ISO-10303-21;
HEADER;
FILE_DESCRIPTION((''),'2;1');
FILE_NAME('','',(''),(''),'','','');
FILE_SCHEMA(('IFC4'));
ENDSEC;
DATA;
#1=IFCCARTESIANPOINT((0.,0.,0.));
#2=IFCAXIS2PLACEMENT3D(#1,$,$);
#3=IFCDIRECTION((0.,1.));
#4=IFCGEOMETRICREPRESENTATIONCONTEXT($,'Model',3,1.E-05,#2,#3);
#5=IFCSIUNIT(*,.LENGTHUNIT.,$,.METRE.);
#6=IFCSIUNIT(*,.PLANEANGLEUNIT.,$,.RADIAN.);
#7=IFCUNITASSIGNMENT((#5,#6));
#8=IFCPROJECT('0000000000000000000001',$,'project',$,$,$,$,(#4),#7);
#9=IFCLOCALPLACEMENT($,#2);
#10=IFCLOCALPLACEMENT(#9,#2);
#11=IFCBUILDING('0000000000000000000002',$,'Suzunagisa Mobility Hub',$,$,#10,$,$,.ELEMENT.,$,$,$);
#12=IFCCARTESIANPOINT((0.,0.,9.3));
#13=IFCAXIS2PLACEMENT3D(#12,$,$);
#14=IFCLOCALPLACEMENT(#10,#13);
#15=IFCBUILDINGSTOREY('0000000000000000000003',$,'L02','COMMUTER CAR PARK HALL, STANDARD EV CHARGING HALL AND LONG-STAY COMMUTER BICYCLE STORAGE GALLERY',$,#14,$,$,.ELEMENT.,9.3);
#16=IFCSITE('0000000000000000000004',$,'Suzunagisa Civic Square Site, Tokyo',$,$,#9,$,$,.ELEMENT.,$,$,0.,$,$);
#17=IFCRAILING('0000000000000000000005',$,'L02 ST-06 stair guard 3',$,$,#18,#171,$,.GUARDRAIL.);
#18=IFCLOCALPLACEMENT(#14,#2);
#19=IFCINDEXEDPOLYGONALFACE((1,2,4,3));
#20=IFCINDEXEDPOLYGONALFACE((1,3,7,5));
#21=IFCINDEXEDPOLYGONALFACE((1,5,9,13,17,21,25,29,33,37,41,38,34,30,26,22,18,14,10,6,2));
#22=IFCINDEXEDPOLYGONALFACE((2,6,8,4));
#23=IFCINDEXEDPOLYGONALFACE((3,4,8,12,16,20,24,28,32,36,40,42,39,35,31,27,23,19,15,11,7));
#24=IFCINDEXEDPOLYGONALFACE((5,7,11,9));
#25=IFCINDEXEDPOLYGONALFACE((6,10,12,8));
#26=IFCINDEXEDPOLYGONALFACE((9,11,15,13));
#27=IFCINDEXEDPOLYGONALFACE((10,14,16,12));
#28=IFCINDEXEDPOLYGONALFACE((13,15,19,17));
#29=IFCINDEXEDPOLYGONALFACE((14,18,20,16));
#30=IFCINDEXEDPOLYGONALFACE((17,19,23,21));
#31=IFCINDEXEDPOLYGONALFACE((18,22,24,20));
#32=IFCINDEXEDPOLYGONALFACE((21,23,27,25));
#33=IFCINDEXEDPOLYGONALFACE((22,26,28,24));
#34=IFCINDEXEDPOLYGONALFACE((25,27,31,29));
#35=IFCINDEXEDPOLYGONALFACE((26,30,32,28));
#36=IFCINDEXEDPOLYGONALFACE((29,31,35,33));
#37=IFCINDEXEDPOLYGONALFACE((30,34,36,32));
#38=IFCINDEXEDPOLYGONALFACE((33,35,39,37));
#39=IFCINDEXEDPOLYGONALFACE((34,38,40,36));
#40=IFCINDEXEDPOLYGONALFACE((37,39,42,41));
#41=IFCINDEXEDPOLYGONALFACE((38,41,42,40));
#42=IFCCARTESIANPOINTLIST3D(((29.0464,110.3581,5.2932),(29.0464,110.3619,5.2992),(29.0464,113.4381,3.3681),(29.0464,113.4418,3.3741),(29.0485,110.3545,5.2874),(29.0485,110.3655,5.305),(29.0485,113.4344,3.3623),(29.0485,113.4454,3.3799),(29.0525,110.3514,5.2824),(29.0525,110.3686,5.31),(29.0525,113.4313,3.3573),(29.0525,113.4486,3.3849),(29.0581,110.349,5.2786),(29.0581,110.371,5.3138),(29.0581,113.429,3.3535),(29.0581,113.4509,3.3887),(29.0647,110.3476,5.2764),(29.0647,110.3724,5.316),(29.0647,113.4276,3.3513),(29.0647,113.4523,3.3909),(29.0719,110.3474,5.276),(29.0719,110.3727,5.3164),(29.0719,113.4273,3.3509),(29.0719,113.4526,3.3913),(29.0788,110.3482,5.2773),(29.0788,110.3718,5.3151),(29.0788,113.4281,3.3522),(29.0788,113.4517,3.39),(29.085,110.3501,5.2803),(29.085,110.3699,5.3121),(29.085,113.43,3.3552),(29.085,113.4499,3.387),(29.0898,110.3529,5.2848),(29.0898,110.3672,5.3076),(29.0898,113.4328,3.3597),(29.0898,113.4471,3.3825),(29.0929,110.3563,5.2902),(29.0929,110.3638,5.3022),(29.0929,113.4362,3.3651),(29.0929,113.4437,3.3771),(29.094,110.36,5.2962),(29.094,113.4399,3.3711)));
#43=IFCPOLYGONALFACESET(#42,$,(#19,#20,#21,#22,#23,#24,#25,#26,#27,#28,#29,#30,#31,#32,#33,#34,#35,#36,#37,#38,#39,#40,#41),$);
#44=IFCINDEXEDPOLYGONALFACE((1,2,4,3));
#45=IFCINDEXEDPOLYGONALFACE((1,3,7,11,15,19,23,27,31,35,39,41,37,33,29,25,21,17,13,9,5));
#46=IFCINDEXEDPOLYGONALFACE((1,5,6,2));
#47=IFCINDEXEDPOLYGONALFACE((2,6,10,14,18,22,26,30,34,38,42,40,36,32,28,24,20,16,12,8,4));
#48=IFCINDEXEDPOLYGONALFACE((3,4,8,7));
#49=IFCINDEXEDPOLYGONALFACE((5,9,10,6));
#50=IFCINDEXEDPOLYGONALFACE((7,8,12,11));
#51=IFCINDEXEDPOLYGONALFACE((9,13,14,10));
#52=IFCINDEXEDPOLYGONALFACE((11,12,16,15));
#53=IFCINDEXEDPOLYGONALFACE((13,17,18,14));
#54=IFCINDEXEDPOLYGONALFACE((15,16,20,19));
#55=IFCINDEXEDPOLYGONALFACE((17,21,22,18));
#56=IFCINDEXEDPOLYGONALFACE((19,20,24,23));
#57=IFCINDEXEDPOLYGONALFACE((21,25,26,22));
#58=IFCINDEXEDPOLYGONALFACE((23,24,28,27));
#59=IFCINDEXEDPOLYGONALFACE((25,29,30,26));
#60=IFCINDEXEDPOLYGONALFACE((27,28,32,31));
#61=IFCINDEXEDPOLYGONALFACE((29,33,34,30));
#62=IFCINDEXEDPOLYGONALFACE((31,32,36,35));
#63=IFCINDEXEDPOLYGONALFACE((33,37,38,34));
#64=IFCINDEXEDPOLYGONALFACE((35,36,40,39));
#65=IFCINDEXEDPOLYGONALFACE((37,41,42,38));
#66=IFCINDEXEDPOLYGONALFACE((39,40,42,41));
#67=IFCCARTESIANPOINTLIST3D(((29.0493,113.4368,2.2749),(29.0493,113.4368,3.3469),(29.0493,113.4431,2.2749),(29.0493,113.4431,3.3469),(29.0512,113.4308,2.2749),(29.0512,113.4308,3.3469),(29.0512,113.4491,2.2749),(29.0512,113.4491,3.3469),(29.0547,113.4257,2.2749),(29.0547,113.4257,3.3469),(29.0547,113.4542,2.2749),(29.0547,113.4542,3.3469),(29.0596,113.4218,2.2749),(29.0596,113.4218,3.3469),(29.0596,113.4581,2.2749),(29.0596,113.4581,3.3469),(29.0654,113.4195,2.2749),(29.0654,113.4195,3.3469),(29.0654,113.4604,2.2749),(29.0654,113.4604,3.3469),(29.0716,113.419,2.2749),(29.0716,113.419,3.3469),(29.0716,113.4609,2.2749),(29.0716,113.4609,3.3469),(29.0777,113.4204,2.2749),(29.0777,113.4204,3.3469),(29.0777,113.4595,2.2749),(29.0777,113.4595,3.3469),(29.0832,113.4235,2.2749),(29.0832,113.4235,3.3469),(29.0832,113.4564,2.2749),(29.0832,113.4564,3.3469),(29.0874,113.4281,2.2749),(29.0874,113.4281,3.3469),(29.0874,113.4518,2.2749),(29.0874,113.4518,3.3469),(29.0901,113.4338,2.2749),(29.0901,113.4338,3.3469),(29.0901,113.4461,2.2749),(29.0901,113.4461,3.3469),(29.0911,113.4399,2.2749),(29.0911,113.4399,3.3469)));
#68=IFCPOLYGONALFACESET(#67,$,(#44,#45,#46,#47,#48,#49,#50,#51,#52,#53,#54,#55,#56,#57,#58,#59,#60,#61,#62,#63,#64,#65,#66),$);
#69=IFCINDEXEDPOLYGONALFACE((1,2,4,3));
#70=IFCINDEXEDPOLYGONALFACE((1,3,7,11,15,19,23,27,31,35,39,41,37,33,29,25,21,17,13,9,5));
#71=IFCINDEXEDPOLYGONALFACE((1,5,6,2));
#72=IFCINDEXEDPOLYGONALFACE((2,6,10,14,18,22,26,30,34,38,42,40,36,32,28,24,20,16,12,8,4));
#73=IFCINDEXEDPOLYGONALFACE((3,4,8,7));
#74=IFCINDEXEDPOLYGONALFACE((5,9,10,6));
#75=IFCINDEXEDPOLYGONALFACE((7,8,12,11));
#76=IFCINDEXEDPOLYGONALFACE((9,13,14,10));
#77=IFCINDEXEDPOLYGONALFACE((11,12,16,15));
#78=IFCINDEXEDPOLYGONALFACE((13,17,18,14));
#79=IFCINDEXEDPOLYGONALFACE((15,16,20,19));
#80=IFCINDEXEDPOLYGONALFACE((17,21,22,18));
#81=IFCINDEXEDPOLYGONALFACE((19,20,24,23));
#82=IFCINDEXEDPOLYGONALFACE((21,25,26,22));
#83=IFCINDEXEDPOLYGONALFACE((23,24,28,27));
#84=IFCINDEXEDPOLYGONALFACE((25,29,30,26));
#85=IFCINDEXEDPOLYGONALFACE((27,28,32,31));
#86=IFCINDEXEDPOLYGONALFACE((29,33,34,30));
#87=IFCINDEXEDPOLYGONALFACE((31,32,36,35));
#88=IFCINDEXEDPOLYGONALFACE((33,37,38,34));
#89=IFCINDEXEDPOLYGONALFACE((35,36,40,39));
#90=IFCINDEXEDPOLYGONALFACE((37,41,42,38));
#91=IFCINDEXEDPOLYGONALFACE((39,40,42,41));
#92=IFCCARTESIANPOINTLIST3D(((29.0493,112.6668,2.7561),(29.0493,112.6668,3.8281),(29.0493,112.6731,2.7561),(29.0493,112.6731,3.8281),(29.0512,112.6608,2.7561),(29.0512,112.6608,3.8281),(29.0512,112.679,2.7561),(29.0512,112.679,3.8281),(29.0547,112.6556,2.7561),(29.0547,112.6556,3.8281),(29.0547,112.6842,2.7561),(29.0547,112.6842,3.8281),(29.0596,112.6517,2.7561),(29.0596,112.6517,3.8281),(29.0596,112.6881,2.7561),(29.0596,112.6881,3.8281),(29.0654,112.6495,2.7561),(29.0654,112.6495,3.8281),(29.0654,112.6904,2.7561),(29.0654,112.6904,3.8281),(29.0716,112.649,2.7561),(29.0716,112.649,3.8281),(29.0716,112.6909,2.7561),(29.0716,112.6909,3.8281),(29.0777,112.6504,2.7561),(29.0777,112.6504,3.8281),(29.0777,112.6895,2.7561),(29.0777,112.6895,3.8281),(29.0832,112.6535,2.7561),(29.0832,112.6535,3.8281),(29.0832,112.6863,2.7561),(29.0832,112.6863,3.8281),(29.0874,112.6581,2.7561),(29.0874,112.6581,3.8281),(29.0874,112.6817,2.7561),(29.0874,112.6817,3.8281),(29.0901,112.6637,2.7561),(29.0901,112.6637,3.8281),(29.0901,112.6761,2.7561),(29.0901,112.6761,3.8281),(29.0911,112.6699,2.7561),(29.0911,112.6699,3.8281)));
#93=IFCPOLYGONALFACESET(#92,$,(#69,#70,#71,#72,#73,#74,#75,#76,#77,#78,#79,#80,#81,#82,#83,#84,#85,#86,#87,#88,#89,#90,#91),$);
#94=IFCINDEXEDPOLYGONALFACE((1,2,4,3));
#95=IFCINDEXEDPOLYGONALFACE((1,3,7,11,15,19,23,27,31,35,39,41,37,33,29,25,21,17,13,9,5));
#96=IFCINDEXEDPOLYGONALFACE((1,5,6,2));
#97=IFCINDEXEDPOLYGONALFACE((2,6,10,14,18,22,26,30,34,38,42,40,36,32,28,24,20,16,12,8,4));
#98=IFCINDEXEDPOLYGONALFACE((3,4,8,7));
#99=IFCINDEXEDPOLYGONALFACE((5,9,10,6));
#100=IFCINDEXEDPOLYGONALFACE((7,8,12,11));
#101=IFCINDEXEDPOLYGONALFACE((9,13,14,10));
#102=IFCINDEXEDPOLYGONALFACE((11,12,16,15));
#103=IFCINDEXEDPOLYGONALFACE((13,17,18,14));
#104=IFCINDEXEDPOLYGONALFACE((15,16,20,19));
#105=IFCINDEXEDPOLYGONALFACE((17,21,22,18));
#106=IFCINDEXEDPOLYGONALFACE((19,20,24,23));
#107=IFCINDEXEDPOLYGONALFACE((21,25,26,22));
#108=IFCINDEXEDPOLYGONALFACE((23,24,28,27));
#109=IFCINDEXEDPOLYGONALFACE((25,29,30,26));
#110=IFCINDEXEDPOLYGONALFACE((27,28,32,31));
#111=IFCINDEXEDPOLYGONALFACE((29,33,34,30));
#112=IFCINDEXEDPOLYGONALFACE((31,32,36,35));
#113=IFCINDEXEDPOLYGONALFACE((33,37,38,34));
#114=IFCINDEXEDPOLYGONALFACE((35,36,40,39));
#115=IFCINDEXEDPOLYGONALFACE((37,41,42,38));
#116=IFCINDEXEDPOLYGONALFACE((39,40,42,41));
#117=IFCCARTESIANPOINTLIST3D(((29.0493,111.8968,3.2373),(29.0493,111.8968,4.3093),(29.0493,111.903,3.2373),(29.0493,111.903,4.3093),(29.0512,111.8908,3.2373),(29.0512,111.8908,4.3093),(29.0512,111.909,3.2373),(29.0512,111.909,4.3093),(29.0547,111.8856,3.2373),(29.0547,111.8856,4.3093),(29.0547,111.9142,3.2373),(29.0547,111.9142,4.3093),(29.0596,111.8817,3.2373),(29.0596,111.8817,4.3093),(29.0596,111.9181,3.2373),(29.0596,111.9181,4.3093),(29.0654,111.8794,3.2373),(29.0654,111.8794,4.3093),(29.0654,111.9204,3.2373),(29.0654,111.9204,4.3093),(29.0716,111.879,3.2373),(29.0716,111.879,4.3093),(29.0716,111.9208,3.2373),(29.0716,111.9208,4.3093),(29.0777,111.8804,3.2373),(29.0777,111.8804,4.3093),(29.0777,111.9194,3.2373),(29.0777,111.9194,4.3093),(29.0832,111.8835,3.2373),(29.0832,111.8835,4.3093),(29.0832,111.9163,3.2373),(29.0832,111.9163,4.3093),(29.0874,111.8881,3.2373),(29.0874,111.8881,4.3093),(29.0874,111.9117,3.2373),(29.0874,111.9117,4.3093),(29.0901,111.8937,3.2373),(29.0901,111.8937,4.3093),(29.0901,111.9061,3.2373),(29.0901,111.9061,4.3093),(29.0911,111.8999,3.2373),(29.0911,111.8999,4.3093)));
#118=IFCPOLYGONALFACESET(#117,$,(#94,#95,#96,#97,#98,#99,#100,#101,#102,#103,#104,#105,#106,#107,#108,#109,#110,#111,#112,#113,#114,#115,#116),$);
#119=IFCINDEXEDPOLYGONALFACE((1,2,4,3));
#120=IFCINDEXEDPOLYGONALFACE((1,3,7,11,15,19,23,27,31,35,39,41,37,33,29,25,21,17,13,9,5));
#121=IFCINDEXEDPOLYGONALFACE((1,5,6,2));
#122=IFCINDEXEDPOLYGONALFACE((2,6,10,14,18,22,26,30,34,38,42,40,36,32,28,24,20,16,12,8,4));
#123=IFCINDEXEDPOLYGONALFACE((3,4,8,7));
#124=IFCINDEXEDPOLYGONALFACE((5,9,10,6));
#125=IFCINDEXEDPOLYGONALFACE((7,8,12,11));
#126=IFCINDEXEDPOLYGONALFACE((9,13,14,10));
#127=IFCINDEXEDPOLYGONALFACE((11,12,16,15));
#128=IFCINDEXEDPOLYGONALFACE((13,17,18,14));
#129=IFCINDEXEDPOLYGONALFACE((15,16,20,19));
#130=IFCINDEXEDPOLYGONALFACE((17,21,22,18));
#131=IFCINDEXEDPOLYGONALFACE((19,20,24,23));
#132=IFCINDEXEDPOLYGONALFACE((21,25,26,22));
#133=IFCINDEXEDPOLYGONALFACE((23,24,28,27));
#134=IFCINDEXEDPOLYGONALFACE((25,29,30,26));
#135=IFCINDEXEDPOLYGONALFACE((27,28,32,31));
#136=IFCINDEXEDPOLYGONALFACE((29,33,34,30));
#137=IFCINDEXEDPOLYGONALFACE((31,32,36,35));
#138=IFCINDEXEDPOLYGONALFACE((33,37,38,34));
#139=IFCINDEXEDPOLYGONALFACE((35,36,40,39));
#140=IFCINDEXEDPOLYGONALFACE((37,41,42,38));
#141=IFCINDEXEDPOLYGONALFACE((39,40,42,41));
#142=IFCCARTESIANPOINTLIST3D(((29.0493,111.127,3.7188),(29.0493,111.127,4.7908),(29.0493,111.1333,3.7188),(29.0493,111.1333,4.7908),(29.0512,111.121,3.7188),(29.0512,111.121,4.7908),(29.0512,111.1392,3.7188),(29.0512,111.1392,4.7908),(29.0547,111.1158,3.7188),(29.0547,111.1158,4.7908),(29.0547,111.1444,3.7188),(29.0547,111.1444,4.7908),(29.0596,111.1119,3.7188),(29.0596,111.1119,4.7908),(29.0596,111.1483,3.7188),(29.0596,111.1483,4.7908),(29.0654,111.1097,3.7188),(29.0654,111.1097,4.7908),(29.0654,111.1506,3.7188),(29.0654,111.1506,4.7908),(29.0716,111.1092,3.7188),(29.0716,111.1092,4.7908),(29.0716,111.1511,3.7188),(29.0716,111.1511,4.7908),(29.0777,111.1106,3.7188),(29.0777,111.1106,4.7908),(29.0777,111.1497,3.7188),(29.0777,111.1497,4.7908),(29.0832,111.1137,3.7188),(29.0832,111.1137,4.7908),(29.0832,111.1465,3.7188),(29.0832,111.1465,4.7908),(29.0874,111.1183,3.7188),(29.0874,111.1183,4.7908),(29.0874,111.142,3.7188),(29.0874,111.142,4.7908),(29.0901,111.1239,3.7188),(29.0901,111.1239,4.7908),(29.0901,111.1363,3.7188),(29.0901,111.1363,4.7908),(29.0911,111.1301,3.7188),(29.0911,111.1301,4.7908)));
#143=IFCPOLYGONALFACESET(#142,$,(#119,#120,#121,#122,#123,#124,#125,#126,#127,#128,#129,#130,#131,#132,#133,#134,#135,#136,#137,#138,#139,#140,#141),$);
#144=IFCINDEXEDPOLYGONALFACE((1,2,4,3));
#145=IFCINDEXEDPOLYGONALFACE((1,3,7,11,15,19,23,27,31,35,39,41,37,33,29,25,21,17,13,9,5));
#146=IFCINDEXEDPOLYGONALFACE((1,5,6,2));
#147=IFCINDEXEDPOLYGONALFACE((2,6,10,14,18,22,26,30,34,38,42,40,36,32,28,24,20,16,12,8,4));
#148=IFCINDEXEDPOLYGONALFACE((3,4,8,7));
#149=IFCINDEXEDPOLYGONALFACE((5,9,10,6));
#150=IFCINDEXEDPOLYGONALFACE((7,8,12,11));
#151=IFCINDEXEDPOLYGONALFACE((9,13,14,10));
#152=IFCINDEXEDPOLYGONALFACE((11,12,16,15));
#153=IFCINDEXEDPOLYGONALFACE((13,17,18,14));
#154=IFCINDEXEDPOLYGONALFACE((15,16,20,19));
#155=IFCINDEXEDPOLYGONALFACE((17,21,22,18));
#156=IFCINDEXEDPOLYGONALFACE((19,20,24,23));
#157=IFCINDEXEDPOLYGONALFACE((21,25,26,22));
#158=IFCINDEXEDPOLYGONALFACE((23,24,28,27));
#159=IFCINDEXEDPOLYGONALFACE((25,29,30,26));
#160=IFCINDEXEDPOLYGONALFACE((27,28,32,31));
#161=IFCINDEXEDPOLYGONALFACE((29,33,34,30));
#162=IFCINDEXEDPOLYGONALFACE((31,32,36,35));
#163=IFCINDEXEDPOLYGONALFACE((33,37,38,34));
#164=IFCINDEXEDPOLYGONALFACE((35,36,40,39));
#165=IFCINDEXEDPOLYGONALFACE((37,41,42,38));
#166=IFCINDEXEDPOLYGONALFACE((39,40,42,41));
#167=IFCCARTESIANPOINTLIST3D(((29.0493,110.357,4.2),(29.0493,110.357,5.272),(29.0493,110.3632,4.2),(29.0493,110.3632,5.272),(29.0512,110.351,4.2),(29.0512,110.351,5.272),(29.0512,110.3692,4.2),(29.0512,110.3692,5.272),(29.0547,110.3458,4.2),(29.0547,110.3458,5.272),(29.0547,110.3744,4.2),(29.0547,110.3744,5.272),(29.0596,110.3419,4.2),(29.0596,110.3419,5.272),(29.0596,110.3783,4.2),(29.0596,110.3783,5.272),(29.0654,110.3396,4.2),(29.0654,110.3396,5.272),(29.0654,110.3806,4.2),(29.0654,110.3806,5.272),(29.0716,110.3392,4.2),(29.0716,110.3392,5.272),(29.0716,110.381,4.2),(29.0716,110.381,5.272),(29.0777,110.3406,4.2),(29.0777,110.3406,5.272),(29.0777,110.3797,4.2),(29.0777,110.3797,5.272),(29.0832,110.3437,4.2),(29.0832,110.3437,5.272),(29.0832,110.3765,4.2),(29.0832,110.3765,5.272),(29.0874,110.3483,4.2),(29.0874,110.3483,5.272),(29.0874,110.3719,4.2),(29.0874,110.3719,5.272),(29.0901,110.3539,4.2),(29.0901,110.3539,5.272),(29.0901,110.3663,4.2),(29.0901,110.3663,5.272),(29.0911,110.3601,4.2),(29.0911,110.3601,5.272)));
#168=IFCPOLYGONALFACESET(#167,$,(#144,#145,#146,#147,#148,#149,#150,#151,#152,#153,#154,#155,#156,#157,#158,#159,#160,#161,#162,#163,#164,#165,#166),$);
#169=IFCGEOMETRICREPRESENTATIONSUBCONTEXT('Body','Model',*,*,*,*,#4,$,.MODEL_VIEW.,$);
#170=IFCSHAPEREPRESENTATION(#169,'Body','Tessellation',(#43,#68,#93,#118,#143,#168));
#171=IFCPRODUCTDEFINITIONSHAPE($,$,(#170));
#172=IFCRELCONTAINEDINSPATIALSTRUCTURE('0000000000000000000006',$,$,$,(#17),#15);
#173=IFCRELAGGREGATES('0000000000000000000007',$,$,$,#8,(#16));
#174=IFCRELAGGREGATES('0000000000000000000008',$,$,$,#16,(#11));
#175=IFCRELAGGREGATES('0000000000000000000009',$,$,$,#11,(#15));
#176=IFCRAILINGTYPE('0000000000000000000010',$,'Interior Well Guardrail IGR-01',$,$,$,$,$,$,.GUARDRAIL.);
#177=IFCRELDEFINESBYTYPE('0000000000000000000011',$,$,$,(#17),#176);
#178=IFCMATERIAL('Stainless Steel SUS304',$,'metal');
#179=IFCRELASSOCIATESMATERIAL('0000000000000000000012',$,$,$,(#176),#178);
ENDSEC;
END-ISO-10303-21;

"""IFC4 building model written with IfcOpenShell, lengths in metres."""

from ifc_helpers import new_model, si_unit, direction, frame, origin, origin_2d, place, context, subcontext, project, spatial, circle, extrude, material, type_object, element, save


model = new_model("IFC4")

# Units and contexts
model_context = context("Model", 3, precision=1e-05, world=origin(), true_north=direction((0.0, 1.0)))
body_context = subcontext(model_context, "Body", "Model", "MODEL_VIEW")
ifc_project = project(units=[si_unit("LENGTHUNIT", "METRE"), si_unit("PLANEANGLEUNIT", "RADIAN")], contexts=[model_context])

# Site, building, storey
site_placement = place(None, origin())
site = spatial("IfcSite", under=ifc_project, at=site_placement, Name="Suzunagisa Civic Square Site, Tokyo", CompositionType="ELEMENT", RefElevation=0.0)
building_placement = place(site_placement, origin())
building = spatial("IfcBuilding", under=site, at=building_placement, Name="Suzunagisa Mobility Hub", CompositionType="ELEMENT")
storey_placement = place(building_placement, frame((0.0, 0.0, 9.3)))
storey = spatial("IfcBuildingStorey", under=building, at=storey_placement, Name="L02", Description="COMMUTER CAR PARK HALL, STANDARD EV CHARGING HALL AND LONG-STAY COMMUTER BICYCLE STORAGE GALLERY", CompositionType="ELEMENT", Elevation=9.3)

# Railing
ifc_material_1 = material(Name="Stainless Steel SUS304", Category="metal")
railing_type_1 = type_object("IfcRailingType", Name="Interior Well Guardrail IGR-01", PredefinedType="GUARDRAIL", material=ifc_material_1)
railing_1_placement = place(storey_placement, frame((29.0701, 113.4399, 2.2749)))
element("IfcRailing", 1, at=railing_1_placement, inside=storey, type_object=railing_type_1, Name="L02 ST-06 stair guard 3", PredefinedType="GUARDRAIL", context=body_context, shape_type="SweptSolid", body=[
    extrude(circle(Radius=0.0239, at=origin_2d()), frame((0.0, 0.0, 1.0962), z_axis=(0.0, -0.847979, 0.530029), x_axis=(1.0, 0.0, 0.0)), (0.0, 0.0, 1.0), 3.6321),
    extrude(circle(Radius=0.021, at=origin_2d()), origin(), (0.0, 0.0, 1.0), 1.072),
    extrude(circle(Radius=0.021, at=origin_2d()), frame((0.0, -0.77, 0.4812)), (0.0, 0.0, 1.0), 1.072),
    extrude(circle(Radius=0.021, at=origin_2d()), frame((0.0, -1.54, 0.9624)), (0.0, 0.0, 1.0), 1.072),
    extrude(circle(Radius=0.021, at=origin_2d()), frame((0.0, -2.3098, 1.4438)), (0.0, 0.0, 1.0), 1.072),
    extrude(circle(Radius=0.021, at=origin_2d()), frame((0.0, -3.0798, 1.925)), (0.0, 0.0, 1.0), 1.072),
])

save(model, "model.ifc")
